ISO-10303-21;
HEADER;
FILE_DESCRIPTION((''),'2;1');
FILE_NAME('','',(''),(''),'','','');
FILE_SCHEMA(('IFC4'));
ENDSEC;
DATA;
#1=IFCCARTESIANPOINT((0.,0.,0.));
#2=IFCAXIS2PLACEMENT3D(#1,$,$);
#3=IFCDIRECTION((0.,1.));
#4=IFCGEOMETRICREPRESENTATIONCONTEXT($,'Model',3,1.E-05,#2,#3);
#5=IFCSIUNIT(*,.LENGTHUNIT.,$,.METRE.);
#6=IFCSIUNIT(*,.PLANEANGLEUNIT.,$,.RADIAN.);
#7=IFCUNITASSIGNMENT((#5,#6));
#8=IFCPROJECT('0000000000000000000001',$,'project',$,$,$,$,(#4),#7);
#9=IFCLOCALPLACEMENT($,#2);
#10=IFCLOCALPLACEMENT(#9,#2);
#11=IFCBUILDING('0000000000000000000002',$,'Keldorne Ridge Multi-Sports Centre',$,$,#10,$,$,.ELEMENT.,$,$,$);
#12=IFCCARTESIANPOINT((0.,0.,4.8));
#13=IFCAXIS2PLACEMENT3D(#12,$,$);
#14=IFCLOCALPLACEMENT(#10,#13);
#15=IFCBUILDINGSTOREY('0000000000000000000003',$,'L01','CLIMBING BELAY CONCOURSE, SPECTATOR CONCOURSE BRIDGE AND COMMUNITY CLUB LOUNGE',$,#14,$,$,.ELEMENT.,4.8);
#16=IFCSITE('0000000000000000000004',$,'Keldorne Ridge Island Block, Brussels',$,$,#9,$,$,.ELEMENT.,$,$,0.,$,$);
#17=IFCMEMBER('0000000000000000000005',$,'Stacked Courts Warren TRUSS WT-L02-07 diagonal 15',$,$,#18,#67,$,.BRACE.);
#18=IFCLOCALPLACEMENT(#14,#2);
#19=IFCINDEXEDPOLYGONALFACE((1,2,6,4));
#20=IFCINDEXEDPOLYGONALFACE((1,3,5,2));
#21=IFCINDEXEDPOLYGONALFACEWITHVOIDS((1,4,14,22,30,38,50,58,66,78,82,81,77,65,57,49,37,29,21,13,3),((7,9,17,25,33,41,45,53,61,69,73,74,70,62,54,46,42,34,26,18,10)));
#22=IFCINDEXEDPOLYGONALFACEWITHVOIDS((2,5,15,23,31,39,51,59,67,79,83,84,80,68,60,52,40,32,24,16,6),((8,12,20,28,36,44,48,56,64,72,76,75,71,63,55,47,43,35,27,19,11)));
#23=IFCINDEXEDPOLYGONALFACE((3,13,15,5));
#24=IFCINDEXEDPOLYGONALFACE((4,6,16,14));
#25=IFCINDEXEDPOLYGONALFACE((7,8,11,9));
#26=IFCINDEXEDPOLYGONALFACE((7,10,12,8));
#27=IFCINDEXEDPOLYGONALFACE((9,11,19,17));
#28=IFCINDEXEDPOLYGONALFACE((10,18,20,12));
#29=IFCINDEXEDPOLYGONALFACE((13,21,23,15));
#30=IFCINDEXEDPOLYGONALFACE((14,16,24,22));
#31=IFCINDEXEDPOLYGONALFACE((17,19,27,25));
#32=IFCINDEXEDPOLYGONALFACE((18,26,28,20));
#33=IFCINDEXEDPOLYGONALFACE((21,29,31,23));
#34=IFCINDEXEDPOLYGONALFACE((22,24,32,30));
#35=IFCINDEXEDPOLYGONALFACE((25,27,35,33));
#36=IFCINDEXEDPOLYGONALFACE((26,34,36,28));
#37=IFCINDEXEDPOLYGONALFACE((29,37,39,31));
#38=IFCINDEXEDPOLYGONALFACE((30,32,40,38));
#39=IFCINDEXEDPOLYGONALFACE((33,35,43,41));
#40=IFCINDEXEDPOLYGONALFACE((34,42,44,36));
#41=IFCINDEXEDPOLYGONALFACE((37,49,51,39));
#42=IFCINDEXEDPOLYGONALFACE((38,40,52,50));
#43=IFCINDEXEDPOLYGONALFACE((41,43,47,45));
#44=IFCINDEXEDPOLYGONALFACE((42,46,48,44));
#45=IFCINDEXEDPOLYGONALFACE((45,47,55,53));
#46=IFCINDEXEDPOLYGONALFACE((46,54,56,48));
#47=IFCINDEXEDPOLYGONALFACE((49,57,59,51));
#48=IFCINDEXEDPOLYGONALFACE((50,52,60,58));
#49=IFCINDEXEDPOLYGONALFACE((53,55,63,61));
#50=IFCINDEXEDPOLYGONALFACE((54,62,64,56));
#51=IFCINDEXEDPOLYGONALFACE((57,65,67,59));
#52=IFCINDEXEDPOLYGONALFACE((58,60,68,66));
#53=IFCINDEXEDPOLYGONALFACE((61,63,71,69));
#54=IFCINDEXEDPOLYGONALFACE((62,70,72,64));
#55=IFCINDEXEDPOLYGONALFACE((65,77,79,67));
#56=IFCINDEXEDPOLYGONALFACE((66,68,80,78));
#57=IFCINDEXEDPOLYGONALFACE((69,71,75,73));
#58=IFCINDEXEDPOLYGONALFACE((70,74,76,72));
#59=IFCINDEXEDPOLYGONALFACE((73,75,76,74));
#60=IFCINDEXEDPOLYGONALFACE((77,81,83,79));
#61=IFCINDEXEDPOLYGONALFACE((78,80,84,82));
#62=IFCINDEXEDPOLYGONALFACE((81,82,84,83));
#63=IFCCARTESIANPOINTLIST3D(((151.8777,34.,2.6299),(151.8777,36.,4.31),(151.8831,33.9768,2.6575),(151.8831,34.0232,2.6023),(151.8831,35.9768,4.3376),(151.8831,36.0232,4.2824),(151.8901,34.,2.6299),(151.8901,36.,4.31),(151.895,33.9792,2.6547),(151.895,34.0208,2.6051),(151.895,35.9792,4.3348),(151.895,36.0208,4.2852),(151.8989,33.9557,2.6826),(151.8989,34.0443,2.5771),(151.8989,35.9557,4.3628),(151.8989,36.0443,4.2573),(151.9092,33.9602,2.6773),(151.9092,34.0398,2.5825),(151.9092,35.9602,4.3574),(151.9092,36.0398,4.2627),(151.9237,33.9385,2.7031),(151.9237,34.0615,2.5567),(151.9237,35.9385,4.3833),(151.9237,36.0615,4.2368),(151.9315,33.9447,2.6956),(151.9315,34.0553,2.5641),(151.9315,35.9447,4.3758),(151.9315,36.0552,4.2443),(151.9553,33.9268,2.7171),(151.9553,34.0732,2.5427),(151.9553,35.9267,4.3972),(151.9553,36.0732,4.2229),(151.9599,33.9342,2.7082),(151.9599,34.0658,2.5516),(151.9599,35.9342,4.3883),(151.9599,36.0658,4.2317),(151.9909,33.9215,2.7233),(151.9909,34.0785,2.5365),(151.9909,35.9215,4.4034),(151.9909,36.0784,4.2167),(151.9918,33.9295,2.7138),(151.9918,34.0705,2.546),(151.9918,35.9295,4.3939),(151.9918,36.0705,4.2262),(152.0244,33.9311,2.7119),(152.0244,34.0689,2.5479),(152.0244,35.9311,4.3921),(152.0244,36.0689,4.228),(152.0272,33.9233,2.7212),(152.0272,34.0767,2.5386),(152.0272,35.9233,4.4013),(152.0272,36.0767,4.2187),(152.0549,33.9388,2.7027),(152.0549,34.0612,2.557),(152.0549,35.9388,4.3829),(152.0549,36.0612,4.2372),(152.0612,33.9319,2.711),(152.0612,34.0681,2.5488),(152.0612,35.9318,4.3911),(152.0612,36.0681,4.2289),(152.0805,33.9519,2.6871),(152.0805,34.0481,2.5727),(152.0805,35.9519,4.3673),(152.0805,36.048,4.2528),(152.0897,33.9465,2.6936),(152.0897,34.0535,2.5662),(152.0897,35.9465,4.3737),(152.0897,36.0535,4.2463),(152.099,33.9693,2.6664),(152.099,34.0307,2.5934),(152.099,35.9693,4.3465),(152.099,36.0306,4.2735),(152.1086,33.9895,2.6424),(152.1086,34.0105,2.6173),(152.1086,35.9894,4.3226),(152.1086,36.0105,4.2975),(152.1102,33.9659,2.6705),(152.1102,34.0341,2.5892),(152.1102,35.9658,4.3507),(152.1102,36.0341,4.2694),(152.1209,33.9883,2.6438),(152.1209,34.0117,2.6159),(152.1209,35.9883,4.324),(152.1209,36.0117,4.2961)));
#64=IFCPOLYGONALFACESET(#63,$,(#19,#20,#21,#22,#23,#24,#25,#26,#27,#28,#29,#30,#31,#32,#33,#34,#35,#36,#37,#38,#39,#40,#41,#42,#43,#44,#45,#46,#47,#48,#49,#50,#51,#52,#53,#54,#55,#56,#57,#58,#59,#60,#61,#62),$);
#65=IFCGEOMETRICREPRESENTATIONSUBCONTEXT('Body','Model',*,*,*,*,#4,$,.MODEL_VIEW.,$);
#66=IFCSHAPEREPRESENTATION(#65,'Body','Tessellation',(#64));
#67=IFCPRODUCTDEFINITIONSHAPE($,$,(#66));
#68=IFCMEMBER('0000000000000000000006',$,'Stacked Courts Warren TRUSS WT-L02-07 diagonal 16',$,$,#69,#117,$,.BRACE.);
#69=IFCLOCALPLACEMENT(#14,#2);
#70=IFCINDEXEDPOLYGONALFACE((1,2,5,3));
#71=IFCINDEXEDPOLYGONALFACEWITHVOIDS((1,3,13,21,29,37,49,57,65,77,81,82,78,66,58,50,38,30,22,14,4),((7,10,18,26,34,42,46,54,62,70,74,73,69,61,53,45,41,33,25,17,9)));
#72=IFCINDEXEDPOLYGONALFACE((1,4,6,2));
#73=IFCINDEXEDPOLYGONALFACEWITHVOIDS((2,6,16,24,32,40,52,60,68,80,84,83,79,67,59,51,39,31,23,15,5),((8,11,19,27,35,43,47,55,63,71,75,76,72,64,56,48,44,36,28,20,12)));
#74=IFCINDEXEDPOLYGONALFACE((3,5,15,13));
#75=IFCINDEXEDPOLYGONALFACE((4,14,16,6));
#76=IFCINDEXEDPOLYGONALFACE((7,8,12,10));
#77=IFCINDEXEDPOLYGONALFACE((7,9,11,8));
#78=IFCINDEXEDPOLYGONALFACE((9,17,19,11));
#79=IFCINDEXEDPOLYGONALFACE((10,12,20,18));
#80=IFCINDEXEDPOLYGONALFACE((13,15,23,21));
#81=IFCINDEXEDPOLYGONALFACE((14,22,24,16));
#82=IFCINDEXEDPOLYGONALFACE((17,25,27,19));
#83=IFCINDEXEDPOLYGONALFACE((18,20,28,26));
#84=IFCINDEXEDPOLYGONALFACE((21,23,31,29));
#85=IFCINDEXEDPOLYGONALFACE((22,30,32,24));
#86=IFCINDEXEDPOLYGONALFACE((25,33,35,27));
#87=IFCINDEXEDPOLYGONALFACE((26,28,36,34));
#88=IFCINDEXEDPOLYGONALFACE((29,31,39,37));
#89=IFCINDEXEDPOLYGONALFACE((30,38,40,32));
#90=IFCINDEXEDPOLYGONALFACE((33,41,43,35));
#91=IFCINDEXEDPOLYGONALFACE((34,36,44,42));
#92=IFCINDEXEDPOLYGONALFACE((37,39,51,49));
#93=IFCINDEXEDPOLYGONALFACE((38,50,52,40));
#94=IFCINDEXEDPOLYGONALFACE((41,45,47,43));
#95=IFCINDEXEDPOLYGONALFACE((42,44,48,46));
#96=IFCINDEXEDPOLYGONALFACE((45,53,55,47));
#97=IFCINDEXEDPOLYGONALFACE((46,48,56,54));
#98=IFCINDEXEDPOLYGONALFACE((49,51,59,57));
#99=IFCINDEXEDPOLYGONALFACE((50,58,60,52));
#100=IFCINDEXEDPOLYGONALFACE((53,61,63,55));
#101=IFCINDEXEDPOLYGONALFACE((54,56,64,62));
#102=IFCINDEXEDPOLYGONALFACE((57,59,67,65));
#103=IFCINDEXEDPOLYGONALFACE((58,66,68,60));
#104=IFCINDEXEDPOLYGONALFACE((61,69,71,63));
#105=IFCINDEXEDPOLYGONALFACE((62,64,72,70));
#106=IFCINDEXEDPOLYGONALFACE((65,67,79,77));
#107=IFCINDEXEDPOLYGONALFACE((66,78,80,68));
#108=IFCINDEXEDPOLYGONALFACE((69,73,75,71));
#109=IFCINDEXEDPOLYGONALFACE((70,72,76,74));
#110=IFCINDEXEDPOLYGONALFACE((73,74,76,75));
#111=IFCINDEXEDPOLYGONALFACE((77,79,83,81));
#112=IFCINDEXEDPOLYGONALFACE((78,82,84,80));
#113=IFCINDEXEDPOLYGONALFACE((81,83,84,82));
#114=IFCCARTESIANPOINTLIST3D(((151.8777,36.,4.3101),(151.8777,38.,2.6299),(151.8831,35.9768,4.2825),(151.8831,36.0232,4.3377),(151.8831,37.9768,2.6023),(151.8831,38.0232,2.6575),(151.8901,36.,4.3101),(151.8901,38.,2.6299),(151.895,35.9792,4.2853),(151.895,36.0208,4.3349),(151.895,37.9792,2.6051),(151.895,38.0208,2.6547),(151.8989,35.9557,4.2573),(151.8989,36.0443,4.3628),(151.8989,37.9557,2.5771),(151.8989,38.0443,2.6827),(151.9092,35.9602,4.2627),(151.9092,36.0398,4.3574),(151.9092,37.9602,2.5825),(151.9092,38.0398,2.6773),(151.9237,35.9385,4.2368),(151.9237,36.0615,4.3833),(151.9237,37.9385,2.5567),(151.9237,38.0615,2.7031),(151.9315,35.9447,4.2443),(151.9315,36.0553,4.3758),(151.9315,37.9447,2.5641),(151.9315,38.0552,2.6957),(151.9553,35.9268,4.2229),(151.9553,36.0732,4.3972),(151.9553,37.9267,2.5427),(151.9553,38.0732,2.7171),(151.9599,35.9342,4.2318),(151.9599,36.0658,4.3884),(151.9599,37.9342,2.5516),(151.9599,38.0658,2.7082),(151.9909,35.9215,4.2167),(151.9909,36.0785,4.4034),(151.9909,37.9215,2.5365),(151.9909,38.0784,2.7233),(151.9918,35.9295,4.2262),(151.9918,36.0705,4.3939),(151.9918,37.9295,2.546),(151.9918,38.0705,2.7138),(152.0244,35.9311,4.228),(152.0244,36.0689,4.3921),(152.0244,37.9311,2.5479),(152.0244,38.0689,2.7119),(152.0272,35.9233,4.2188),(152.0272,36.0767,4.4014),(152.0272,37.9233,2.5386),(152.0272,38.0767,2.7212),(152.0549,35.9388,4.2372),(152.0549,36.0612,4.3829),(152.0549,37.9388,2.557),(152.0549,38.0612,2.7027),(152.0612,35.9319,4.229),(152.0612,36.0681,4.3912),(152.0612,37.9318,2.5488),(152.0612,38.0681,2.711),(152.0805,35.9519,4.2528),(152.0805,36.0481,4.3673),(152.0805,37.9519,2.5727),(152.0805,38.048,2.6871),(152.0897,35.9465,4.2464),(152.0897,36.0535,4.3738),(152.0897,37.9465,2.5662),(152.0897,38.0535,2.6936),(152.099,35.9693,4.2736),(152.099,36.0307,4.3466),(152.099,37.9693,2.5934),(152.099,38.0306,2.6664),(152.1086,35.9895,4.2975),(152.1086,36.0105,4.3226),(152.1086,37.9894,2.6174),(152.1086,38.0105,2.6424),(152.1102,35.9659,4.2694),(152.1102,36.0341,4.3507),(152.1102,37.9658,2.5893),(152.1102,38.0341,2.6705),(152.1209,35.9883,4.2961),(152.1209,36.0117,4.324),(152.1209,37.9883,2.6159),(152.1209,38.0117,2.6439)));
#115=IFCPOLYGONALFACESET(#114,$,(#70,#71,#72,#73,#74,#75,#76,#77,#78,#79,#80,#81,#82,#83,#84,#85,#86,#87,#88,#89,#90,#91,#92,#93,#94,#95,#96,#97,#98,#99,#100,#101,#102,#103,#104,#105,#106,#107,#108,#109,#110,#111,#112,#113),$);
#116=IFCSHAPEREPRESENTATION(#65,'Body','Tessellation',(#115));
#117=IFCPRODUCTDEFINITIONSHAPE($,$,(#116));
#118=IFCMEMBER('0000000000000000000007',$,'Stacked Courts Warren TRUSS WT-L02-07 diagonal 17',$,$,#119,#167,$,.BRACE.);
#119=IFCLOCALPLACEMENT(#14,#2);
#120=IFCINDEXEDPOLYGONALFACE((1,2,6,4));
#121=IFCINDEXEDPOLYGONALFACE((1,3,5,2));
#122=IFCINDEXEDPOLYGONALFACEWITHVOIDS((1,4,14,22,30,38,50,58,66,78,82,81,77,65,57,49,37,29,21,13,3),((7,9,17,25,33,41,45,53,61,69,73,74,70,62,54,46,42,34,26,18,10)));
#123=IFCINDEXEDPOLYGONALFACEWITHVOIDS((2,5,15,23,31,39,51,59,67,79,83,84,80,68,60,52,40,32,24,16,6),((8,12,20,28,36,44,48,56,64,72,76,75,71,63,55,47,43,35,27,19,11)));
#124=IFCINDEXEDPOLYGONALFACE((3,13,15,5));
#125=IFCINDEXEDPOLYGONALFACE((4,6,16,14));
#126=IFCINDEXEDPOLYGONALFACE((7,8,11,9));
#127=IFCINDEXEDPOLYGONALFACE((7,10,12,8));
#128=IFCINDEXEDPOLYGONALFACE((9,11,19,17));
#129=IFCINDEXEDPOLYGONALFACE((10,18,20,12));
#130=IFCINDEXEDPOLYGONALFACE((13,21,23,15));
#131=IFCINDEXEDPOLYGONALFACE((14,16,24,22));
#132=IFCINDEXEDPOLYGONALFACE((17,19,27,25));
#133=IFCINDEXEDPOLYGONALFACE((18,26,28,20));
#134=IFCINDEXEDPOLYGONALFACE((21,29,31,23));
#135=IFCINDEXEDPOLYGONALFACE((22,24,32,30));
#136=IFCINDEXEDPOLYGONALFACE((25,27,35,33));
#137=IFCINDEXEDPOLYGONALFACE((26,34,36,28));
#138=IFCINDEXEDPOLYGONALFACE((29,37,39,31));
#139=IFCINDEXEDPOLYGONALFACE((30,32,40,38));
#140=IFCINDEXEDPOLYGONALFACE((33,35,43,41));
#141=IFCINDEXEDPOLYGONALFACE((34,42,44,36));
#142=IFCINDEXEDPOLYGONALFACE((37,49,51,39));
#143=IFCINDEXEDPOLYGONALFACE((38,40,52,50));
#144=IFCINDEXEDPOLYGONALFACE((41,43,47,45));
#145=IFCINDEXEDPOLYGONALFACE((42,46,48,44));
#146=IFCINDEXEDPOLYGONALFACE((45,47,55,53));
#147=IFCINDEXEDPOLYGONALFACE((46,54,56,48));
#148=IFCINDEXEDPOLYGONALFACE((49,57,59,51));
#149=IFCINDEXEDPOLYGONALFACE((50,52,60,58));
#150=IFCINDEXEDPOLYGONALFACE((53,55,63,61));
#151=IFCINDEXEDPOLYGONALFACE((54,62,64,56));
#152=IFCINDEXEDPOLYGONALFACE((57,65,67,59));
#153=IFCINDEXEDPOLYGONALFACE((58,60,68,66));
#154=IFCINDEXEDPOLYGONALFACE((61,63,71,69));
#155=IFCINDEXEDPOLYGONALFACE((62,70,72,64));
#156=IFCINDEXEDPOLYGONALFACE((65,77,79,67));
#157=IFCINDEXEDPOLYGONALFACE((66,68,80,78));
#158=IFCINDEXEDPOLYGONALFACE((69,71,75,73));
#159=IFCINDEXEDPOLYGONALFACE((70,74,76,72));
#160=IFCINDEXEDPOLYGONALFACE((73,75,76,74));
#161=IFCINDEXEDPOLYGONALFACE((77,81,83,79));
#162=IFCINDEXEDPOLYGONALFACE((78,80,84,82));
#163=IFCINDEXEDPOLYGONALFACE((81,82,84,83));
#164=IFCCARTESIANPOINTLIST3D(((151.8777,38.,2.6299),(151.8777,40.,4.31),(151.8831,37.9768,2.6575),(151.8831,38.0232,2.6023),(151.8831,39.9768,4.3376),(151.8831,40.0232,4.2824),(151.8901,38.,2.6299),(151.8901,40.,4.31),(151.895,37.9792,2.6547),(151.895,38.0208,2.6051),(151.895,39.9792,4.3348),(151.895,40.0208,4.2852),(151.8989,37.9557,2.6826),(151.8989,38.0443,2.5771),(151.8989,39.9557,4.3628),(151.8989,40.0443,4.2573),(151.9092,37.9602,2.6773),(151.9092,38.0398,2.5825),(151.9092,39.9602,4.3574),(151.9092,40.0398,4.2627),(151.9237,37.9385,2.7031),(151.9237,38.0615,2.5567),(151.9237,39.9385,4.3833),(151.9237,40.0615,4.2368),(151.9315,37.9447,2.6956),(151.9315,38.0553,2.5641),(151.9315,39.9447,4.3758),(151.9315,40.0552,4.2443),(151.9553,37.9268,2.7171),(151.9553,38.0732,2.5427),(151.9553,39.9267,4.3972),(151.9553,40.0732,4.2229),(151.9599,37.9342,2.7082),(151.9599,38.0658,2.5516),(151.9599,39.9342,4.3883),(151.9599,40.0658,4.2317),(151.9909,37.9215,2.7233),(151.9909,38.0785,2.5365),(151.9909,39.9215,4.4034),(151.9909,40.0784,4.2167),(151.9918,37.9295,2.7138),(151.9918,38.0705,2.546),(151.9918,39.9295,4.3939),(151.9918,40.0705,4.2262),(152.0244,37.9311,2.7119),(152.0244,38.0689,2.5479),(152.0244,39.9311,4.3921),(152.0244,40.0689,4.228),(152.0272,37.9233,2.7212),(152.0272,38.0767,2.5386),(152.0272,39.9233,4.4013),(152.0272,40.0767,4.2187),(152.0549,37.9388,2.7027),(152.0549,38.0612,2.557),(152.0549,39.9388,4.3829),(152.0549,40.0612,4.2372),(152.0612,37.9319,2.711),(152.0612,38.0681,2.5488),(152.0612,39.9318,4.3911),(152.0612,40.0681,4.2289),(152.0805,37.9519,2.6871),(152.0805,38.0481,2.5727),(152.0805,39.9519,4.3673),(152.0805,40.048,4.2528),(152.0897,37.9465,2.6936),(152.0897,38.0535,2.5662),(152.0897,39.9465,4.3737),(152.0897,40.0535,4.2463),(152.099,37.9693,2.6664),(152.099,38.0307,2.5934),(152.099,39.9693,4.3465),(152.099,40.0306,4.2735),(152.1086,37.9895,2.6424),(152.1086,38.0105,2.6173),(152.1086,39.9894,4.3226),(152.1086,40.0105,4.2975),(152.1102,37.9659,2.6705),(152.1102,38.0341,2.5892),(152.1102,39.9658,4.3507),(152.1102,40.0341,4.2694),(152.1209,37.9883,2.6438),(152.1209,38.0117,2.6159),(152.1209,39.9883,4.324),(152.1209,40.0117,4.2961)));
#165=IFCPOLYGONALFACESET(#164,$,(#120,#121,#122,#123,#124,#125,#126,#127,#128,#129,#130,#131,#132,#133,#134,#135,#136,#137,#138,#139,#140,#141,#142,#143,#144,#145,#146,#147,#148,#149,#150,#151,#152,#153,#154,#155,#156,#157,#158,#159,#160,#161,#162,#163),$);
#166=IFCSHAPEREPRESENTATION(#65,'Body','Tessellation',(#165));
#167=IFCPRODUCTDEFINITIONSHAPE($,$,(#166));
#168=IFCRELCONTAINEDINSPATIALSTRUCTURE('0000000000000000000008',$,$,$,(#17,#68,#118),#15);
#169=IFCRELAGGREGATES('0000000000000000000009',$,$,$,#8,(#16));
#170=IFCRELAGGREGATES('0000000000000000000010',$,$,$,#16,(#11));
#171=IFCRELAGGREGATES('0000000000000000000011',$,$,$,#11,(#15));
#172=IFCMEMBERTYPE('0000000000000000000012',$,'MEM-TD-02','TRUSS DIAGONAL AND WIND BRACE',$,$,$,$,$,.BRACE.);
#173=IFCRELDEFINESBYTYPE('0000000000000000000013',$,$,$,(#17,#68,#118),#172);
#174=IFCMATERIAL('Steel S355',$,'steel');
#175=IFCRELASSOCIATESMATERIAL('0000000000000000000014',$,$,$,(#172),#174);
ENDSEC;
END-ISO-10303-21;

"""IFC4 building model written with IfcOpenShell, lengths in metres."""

from ifc_helpers import new_model, si_unit, direction, frame, origin, origin_2d, place, context, subcontext, project, spatial, hollow_circle, extrude, material, material_profile, profile_set, type_object, element, save


model = new_model("IFC4")

# Units and contexts
model_context = context("Model", 3, precision=1e-05, world=origin(), true_north=direction((0.0, 1.0)))
body_context = subcontext(model_context, "Body", "Model", "MODEL_VIEW")
ifc_project = project(units=[si_unit("LENGTHUNIT", "METRE"), si_unit("PLANEANGLEUNIT", "RADIAN")], contexts=[model_context])

# Site, building, storey
site_placement = place(None, origin())
site = spatial("IfcSite", under=ifc_project, at=site_placement, Name="Keldorne Ridge Island Block, Brussels", CompositionType="ELEMENT", RefElevation=0.0)
building_placement = place(site_placement, origin())
building = spatial("IfcBuilding", under=site, at=building_placement, Name="Keldorne Ridge Multi-Sports Centre", CompositionType="ELEMENT")
storey_placement = place(building_placement, frame((0.0, 0.0, 4.8)))
storey = spatial("IfcBuildingStorey", under=building, at=storey_placement, Name="L01", Description="CLIMBING BELAY CONCOURSE, SPECTATOR CONCOURSE BRIDGE AND COMMUNITY CLUB LOUNGE", CompositionType="ELEMENT", Elevation=4.8)

# Members
ifc_material = material(Name="Steel S355", Category="steel")
ifc_material_profile_1 = material_profile(ifc_material, hollow_circle(Radius=0.1223, WallThickness=0.0125, at=origin_2d()), Name="CHS 244.5x12.5")
ifc_profile_set_1 = profile_set([ifc_material_profile_1], Name="Steel S355")
member_type_1 = type_object("IfcMemberType", Name="MEM-TD-02", Description="TRUSS DIAGONAL AND WIND BRACE", PredefinedType="BRACE", material=ifc_profile_set_1)
for number, where, z_axis, x_axis, name in (
    (1, (152.0, 34.0, 2.6299), (0.0, 0.765672, 0.643232), (-1.0, 0.0, 0.0), "Stacked Courts Warren TRUSS WT-L02-07 diagonal 15"),
    (2, (152.0, 36.0, 4.3101), (0.0, 0.765672, -0.643232), (-1.0, 0.0, 0.0), "Stacked Courts Warren TRUSS WT-L02-07 diagonal 16"),
    (3, (152.0, 38.0, 2.6299), (0.0, 0.765672, 0.643232), (-1.0, 0.0, 0.0), "Stacked Courts Warren TRUSS WT-L02-07 diagonal 17"),
):
    element("IfcMember", number, at=place(storey_placement, frame(where, z_axis=z_axis, x_axis=x_axis)), inside=storey, type_object=member_type_1, Name=name, PredefinedType="BRACE", context=body_context, shape_type="SweptSolid", body=[
        extrude(hollow_circle(Radius=0.1223, WallThickness=0.0125, at=origin_2d()), origin(), (0.0, 0.0, 1.0), 2.6121),
    ])

save(model, "model.ifc")
